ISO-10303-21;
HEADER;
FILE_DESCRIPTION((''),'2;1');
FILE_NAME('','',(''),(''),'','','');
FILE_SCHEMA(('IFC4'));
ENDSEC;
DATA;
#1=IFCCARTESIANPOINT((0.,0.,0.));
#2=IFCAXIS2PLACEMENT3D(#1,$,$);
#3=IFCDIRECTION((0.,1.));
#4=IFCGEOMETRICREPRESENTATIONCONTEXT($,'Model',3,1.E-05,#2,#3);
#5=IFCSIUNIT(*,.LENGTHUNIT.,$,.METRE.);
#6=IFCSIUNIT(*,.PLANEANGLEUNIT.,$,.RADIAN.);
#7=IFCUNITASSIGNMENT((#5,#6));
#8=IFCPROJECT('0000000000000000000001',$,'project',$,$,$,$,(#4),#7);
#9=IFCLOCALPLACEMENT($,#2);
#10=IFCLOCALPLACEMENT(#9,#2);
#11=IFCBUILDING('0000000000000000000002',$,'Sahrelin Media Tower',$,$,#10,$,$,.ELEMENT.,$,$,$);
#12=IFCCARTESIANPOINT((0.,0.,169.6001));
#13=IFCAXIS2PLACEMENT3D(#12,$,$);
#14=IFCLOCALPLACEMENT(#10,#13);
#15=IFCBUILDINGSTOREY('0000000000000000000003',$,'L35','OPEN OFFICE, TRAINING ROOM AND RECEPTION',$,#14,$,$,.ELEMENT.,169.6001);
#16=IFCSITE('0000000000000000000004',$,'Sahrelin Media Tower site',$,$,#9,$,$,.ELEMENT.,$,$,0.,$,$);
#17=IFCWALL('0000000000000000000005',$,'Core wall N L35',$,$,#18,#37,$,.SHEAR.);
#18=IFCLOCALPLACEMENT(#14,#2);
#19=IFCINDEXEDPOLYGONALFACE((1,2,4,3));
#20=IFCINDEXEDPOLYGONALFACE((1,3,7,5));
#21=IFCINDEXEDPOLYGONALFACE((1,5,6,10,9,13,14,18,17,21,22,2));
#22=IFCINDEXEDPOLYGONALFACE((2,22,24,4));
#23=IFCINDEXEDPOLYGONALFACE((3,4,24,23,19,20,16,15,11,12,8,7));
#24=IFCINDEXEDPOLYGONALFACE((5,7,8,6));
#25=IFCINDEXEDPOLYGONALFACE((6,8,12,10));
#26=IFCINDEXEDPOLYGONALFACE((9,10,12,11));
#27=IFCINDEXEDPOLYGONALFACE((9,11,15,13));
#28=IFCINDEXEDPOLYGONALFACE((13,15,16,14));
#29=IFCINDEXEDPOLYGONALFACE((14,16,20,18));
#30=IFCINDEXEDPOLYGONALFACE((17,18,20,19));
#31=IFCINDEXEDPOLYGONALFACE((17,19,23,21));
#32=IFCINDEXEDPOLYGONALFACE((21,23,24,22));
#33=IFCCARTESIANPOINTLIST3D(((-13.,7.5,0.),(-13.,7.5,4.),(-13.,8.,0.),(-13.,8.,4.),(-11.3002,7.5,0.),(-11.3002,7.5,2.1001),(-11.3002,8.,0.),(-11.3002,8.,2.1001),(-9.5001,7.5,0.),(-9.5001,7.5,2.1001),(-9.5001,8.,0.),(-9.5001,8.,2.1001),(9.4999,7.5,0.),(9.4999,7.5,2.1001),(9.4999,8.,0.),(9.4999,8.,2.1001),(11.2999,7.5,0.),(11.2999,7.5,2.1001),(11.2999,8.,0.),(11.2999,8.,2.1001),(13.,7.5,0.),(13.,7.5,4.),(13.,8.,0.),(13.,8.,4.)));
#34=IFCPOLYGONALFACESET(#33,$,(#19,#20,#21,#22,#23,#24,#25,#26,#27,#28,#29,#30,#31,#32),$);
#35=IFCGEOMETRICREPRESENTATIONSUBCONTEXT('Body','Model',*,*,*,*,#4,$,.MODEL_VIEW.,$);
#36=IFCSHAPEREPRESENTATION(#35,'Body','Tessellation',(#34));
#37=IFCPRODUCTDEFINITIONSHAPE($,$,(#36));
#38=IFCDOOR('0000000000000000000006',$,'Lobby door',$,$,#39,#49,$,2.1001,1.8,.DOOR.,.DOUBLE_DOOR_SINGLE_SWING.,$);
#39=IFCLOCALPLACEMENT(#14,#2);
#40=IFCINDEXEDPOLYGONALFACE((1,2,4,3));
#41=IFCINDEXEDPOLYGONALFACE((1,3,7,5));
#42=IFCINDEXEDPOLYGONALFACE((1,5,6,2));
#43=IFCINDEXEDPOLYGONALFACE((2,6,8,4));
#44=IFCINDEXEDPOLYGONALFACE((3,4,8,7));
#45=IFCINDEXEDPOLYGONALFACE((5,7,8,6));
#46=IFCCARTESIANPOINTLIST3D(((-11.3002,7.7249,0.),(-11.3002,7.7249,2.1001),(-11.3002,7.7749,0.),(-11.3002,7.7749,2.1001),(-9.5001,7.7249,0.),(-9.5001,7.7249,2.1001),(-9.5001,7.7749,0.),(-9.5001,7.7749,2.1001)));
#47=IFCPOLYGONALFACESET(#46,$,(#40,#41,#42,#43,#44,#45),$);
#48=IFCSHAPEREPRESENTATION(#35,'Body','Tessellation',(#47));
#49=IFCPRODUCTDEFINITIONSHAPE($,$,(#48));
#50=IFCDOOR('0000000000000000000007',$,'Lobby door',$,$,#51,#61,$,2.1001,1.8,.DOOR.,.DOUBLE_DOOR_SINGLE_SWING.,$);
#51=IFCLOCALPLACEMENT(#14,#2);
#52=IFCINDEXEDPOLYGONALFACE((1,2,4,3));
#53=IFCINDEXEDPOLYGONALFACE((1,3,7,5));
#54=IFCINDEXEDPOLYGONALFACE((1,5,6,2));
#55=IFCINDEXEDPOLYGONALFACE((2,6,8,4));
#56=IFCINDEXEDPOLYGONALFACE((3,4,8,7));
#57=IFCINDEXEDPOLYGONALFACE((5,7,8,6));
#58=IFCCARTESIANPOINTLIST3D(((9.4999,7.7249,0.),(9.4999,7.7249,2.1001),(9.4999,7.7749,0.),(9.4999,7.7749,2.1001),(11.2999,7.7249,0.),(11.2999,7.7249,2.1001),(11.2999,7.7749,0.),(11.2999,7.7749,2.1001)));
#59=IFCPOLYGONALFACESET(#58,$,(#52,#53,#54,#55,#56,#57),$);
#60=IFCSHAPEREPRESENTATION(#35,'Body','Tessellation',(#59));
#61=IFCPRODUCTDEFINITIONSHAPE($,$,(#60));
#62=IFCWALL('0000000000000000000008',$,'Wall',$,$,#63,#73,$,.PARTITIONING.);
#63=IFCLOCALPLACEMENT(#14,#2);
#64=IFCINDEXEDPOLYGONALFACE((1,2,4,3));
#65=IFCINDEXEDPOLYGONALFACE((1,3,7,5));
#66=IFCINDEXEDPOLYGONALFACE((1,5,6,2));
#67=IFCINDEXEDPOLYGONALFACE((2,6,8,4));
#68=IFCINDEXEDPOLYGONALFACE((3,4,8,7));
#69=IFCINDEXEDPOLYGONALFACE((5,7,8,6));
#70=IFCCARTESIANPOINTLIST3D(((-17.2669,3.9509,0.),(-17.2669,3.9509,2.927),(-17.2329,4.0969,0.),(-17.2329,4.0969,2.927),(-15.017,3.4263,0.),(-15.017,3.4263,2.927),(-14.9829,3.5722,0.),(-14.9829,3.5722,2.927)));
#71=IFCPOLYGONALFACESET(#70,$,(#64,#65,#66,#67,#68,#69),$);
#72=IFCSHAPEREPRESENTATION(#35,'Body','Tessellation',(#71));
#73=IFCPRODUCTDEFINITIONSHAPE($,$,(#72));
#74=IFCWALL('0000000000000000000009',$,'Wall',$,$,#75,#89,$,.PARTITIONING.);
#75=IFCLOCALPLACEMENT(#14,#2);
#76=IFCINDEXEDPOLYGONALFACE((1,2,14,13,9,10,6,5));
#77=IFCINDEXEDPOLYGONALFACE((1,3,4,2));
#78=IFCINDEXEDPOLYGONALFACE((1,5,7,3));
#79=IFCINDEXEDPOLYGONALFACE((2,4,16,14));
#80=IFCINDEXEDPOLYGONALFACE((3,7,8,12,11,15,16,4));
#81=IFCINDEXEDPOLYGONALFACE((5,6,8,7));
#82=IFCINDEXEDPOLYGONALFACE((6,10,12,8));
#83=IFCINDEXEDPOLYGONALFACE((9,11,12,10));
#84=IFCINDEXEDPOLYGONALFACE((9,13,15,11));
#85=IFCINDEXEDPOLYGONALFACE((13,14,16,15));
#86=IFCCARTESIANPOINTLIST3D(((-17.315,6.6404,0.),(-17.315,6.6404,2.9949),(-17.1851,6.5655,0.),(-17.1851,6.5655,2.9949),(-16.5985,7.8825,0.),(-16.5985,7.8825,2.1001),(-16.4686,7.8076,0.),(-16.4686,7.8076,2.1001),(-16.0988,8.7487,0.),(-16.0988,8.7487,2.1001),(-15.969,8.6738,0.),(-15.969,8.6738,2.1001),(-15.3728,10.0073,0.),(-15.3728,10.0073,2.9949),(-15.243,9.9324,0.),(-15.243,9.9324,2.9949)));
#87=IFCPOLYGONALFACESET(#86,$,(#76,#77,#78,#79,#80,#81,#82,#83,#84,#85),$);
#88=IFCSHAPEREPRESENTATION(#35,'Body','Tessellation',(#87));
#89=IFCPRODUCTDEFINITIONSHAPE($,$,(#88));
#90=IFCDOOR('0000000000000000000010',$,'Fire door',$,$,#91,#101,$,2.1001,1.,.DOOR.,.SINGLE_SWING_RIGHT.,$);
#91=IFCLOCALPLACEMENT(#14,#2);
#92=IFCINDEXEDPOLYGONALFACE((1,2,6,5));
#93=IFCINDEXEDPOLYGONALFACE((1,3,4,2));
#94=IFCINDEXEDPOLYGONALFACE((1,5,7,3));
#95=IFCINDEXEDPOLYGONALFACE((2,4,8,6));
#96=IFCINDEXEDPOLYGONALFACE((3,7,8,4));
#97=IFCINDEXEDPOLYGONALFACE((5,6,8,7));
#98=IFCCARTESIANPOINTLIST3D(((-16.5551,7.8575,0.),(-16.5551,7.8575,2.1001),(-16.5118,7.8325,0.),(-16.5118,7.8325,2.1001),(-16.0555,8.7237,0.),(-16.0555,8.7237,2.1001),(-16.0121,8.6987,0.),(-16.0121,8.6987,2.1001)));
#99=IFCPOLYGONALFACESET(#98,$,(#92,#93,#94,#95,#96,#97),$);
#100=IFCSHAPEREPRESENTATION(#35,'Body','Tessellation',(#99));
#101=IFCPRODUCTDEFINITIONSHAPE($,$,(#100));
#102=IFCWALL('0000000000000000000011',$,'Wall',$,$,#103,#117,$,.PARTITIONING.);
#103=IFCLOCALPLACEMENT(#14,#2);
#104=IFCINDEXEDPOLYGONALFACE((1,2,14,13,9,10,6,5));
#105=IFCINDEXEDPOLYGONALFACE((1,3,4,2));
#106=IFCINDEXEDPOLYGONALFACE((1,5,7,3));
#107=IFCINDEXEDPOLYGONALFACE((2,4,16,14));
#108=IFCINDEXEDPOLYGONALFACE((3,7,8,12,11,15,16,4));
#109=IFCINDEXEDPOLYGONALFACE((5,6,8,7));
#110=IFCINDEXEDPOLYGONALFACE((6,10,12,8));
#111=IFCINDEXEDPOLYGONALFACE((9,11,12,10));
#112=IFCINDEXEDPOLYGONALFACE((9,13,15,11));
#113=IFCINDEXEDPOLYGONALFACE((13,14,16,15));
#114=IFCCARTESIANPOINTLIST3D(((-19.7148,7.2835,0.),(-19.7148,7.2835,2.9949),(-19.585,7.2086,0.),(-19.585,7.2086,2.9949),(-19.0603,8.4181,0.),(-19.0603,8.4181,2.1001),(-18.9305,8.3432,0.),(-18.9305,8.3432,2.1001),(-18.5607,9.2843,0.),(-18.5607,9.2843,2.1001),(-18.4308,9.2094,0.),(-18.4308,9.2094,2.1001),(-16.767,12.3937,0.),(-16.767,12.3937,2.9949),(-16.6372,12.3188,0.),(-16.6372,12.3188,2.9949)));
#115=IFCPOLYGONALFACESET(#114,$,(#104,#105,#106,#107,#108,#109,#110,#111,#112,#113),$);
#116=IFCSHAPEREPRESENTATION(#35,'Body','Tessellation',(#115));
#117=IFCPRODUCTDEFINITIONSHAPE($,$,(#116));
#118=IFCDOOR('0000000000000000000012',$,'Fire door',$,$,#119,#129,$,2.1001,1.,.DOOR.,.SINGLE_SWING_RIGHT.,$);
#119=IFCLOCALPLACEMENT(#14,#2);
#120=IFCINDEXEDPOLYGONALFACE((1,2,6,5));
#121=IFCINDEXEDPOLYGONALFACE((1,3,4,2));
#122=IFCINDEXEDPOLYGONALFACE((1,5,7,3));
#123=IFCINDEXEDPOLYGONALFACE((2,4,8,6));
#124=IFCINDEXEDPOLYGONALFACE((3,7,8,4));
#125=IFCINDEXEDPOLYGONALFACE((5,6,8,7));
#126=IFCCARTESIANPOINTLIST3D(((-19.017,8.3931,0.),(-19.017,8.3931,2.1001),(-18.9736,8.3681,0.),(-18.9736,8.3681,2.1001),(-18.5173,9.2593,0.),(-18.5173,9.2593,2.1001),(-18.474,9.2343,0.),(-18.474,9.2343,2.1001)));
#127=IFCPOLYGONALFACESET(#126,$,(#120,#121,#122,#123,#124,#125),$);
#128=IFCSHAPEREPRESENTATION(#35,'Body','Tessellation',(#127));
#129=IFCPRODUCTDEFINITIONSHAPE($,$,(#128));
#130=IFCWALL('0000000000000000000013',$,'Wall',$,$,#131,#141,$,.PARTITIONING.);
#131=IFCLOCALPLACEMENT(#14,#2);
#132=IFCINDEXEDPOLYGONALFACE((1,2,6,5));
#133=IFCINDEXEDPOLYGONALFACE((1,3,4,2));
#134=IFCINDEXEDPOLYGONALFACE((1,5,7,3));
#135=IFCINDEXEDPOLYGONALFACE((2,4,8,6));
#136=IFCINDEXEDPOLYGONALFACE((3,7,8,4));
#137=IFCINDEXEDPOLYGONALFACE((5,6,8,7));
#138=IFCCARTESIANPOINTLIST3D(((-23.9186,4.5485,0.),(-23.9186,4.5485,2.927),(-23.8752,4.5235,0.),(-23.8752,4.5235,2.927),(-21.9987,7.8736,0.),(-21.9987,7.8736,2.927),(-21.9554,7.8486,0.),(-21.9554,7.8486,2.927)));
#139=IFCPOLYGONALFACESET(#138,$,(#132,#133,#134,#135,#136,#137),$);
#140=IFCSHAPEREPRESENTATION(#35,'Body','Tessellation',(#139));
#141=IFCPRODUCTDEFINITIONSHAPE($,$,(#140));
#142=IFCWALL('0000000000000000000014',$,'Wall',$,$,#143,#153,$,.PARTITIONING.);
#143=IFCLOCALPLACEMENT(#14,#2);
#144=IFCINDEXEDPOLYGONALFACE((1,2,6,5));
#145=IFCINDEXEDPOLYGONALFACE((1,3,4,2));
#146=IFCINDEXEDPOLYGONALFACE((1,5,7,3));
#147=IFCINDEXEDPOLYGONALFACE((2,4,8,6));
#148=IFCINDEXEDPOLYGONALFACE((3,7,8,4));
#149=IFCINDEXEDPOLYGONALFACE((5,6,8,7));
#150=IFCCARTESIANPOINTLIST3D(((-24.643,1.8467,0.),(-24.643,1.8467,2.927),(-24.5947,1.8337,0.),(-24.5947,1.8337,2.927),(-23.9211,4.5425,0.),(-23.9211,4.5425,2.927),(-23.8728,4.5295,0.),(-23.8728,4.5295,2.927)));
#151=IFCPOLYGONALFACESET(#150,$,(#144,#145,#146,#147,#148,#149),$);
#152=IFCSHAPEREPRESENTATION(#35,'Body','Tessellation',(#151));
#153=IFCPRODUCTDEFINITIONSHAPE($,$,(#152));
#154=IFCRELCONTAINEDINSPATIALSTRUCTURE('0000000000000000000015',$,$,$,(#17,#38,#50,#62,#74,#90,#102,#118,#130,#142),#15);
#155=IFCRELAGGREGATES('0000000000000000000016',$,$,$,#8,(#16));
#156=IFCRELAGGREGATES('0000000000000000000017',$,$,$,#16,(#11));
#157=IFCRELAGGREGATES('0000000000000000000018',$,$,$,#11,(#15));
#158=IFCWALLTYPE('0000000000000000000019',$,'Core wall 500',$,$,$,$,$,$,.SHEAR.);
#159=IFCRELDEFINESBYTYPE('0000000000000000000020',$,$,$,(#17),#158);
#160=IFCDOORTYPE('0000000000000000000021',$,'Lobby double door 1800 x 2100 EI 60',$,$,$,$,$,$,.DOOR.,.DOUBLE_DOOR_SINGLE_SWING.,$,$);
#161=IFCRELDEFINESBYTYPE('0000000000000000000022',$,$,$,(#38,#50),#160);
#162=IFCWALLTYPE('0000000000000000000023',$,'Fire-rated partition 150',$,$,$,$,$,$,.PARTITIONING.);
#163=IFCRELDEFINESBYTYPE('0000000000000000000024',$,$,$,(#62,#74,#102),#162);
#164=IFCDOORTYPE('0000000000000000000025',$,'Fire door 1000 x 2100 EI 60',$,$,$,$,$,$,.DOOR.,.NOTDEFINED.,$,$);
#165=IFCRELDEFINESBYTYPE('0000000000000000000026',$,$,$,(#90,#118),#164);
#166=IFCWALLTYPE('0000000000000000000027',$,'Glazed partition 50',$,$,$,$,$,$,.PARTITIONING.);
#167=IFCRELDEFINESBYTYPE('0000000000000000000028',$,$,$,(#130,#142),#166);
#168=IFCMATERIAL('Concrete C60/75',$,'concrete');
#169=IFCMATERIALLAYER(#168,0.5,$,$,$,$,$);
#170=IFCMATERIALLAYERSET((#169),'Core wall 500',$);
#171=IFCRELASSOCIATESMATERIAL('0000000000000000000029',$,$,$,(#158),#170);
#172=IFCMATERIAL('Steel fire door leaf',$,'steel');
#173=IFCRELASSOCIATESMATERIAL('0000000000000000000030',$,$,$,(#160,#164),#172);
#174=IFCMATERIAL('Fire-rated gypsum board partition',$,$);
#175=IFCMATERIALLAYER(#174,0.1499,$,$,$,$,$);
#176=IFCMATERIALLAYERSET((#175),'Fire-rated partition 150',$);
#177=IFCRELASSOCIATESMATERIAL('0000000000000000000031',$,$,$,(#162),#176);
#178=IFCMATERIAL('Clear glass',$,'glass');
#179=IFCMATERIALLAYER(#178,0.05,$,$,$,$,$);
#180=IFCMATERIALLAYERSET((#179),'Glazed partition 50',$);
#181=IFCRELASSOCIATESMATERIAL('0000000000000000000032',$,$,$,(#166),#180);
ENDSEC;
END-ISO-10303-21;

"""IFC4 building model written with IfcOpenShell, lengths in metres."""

from ifc_helpers import new_model, si_unit, direction, frame, frame_2d, origin, place, context, subcontext, project, spatial, rectangle, extrude, material, layer, layer_set, type_object, element, fill, save


model = new_model("IFC4")

# Units and contexts
model_context = context("Model", 3, precision=1e-05, world=origin(), true_north=direction((0.0, 1.0)))
body_context = subcontext(model_context, "Body", "Model", "MODEL_VIEW")
ifc_project = project(units=[si_unit("LENGTHUNIT", "METRE"), si_unit("PLANEANGLEUNIT", "RADIAN")], contexts=[model_context])

# Site, building, storey
site_placement = place(None, origin())
site = spatial("IfcSite", under=ifc_project, at=site_placement, Name="Sahrelin Media Tower site", CompositionType="ELEMENT", RefElevation=0.0)
building_placement = place(site_placement, origin())
building = spatial("IfcBuilding", under=site, at=building_placement, Name="Sahrelin Media Tower", CompositionType="ELEMENT")
storey_placement = place(building_placement, frame((0.0, 0.0, 169.6001)))
storey = spatial("IfcBuildingStorey", under=building, at=storey_placement, Name="L35", Description="OPEN OFFICE, TRAINING ROOM AND RECEPTION", CompositionType="ELEMENT", Elevation=169.6001)

# Wall, openings, doors
ifc_material_1 = material(Name="Concrete C60/75", Category="concrete")
ifc_layer_1 = layer(ifc_material_1, 0.5)
ifc_layer_set_1 = layer_set([ifc_layer_1], Name="Core wall 500")
wall_type_1 = type_object("IfcWallType", Name="Core wall 500", PredefinedType="SHEAR", material=ifc_layer_set_1)
wall_1_placement = place(storey_placement, frame((-13.0, 7.75, 0.0), z_axis=(0.0, 0.0, 1.0), x_axis=(1.0, 0.0, 0.0)))
wall_1 = element("IfcWall", 1, at=wall_1_placement, inside=storey, type_object=wall_type_1, Name="Core wall N L35", PredefinedType="SHEAR", context=body_context, shape_type="SweptSolid", body=[
    extrude(rectangle(XDim=26.0, YDim=0.5, at=frame_2d((13.0, 0.0))), origin(), (0.0, 0.0, 1.0), 4.0),
])
opening_1_placement = place(wall_1_placement, frame((1.7, 0.0, 0.0)))
opening_1 = element("IfcOpeningElement", 2, at=opening_1_placement, cuts=wall_1, PredefinedType="OPENING", context=body_context, shape_type="SweptSolid", body=[
    extrude(rectangle(XDim=1.8, YDim=2.1001, at=frame_2d((0.8999, 1.05))), frame((0.0, 0.25, 0.0), z_axis=(0.0, -1.0, 0.0), x_axis=(1.0, 0.0, 0.0)), (0.0, 0.0, 1.0), 0.5),
])
opening_2_placement = place(wall_1_placement, frame((22.5, 0.0, 0.0)))
opening_2 = element("IfcOpeningElement", 3, at=opening_2_placement, cuts=wall_1, PredefinedType="OPENING", context=body_context, shape_type="SweptSolid", body=[
    extrude(rectangle(XDim=1.8, YDim=2.1001, at=frame_2d((0.8999, 1.05))), frame((0.0, 0.25, 0.0), z_axis=(0.0, -1.0, 0.0), x_axis=(1.0, 0.0, 0.0)), (0.0, 0.0, 1.0), 0.5),
])
ifc_material_2 = material(Name="Steel fire door leaf", Category="steel")
door_type_1 = type_object("IfcDoorType", Name="Lobby double door 1800 x 2100 EI 60", OperationType="DOUBLE_DOOR_SINGLE_SWING", PredefinedType="DOOR", material=ifc_material_2)
door_1_placement = place(opening_1_placement, origin())
door_1 = element("IfcDoor", 4, at=door_1_placement, inside=storey, type_object=door_type_1, Name="Lobby door", OperationType="DOUBLE_DOOR_SINGLE_SWING", OverallHeight=2.1001, OverallWidth=1.8, PredefinedType="DOOR", context=body_context, shape_type="SweptSolid", body=[
    extrude(rectangle(XDim=1.8, YDim=2.1001, at=frame_2d((0.8999, 1.05))), frame((0.0, 0.0249, 0.0), z_axis=(0.0, -1.0, 0.0), x_axis=(1.0, 0.0, 0.0)), (0.0, 0.0, 1.0), 0.05),
])
fill(opening_1, door_1)
door_2_placement = place(opening_2_placement, origin())
door_2 = element("IfcDoor", 5, at=door_2_placement, inside=storey, type_object=door_type_1, Name="Lobby door", OperationType="DOUBLE_DOOR_SINGLE_SWING", OverallHeight=2.1001, OverallWidth=1.8, PredefinedType="DOOR", context=body_context, shape_type="SweptSolid", body=[
    extrude(rectangle(XDim=1.8, YDim=2.1001, at=frame_2d((0.8999, 1.05))), frame((0.0, 0.0249, 0.0), z_axis=(0.0, -1.0, 0.0), x_axis=(1.0, 0.0, 0.0)), (0.0, 0.0, 1.0), 0.05),
])
fill(opening_2, door_2)

# Wall
ifc_material_3 = material(Name="Fire-rated gypsum board partition")
ifc_layer_2 = layer(ifc_material_3, 0.1499)
ifc_layer_set_2 = layer_set([ifc_layer_2], Name="Fire-rated partition 150")
wall_type_2 = type_object("IfcWallType", Name="Fire-rated partition 150", PredefinedType="PARTITIONING", material=ifc_layer_set_2)
wall_2_placement = place(storey_placement, frame((-17.25, 4.0239, 0.0), z_axis=(0.0, 0.0, 1.0), x_axis=(0.973874, -0.227089, 0.0)))
element("IfcWall", 6, at=wall_2_placement, inside=storey, type_object=wall_type_2, Name="Wall", PredefinedType="PARTITIONING", context=body_context, shape_type="SweptSolid", body=[
    extrude(rectangle(XDim=2.3103, YDim=0.1499, at=frame_2d((1.1553, 0.0))), origin(), (0.0, 0.0, 1.0), 2.927),
])

# Walls, openings, doors
wall_3_placement = place(storey_placement, frame((-17.25, 6.603, 0.0), z_axis=(0.0, 0.0, 1.0), x_axis=(0.499659, 0.866222, 0.0)))
wall_3 = element("IfcWall", 7, at=wall_3_placement, inside=storey, type_object=wall_type_2, Name="Wall", PredefinedType="PARTITIONING", context=body_context, shape_type="SweptSolid", body=[
    extrude(rectangle(XDim=3.887, YDim=0.1499, at=frame_2d((1.9434, 0.0))), origin(), (0.0, 0.0, 1.0), 2.9949),
])
opening_3_placement = place(wall_3_placement, frame((1.4338, 0.0, 0.0)))
opening_3 = element("IfcOpeningElement", 8, at=opening_3_placement, cuts=wall_3, PredefinedType="OPENING", context=body_context, shape_type="SweptSolid", body=[
    extrude(rectangle(XDim=1.0, YDim=2.1001, at=frame_2d((0.5, 1.05))), frame((0.0, 0.075, 0.0), z_axis=(0.0, -1.0, 0.0), x_axis=(1.0, 0.0, 0.0)), (0.0, 0.0, 1.0), 0.1499),
])
door_type_2 = type_object("IfcDoorType", Name="Fire door 1000 x 2100 EI 60", OperationType="NOTDEFINED", PredefinedType="DOOR", material=ifc_material_2)
door_3_placement = place(opening_3_placement, origin())
door_3 = element("IfcDoor", 9, at=door_3_placement, inside=storey, type_object=door_type_2, Name="Fire door", OperationType="SINGLE_SWING_RIGHT", OverallHeight=2.1001, OverallWidth=1.0, PredefinedType="DOOR", context=body_context, shape_type="SweptSolid", body=[
    extrude(rectangle(XDim=1.0, YDim=2.1001, at=frame_2d((0.5, 1.05))), frame((0.0, 0.0249, 0.0), z_axis=(0.0, -1.0, 0.0), x_axis=(1.0, 0.0, 0.0)), (0.0, 0.0, 1.0), 0.05),
])
fill(opening_3, door_3)
wall_4_placement = place(storey_placement, frame((-19.6499, 7.2461, 0.0), z_axis=(0.0, 0.0, 1.0), x_axis=(0.499673, 0.866214, 0.0)))
wall_4 = element("IfcWall", 10, at=wall_4_placement, inside=storey, type_object=wall_type_2, Name="Wall", PredefinedType="PARTITIONING", context=body_context, shape_type="SweptSolid", body=[
    extrude(rectangle(XDim=5.8994, YDim=0.1499, at=frame_2d((2.9497, 0.0))), origin(), (0.0, 0.0, 1.0), 2.9949),
])
opening_4_placement = place(wall_4_placement, frame((1.3098, 0.0, 0.0)))
opening_4 = element("IfcOpeningElement", 11, at=opening_4_placement, cuts=wall_4, PredefinedType="OPENING", context=body_context, shape_type="SweptSolid", body=[
    extrude(rectangle(XDim=1.0, YDim=2.1001, at=frame_2d((0.5, 1.05))), frame((0.0, 0.075, 0.0), z_axis=(0.0, -1.0, 0.0), x_axis=(1.0, 0.0, 0.0)), (0.0, 0.0, 1.0), 0.1499),
])
door_4_placement = place(opening_4_placement, origin())
door_4 = element("IfcDoor", 12, at=door_4_placement, inside=storey, type_object=door_type_2, Name="Fire door", OperationType="SINGLE_SWING_RIGHT", OverallHeight=2.1001, OverallWidth=1.0, PredefinedType="DOOR", context=body_context, shape_type="SweptSolid", body=[
    extrude(rectangle(XDim=1.0, YDim=2.1001, at=frame_2d((0.5, 1.05))), frame((0.0, 0.0249, 0.0), z_axis=(0.0, -1.0, 0.0), x_axis=(1.0, 0.0, 0.0)), (0.0, 0.0, 1.0), 0.05),
])
fill(opening_4, door_4)
ifc_material_4 = material(Name="Clear glass", Category="glass")
ifc_layer_3 = layer(ifc_material_4, 0.05)
ifc_layer_set_3 = layer_set([ifc_layer_3], Name="Glazed partition 50")
wall_type_3 = type_object("IfcWallType", Name="Glazed partition 50", PredefinedType="PARTITIONING", material=ifc_layer_set_3)

# Walls
wall_5_placement = place(storey_placement, frame((-23.897, 4.5359, 0.0), z_axis=(0.0, 0.0, 1.0), x_axis=(0.500023, 0.866012, 0.0)))
element("IfcWall", 13, at=wall_5_placement, inside=storey, type_object=wall_type_3, Name="Wall", PredefinedType="PARTITIONING", context=body_context, shape_type="SweptSolid", body=[
    extrude(rectangle(XDim=3.8396, YDim=0.05, at=frame_2d((1.9199, 0.0))), origin(), (0.0, 0.0, 1.0), 2.927),
])
wall_6_placement = place(storey_placement, frame((-24.6189, 1.8401, 0.0), z_axis=(0.0, 0.0, 1.0), x_axis=(0.258681, 0.965963, 0.0)))
element("IfcWall", 14, at=wall_6_placement, inside=storey, type_object=wall_type_3, Name="Wall", PredefinedType="PARTITIONING", context=body_context, shape_type="SweptSolid", body=[
    extrude(rectangle(XDim=2.7908, YDim=0.05, at=frame_2d((1.3955, 0.0))), origin(), (0.0, 0.0, 1.0), 2.927),
])

save(model, "model.ifc")
